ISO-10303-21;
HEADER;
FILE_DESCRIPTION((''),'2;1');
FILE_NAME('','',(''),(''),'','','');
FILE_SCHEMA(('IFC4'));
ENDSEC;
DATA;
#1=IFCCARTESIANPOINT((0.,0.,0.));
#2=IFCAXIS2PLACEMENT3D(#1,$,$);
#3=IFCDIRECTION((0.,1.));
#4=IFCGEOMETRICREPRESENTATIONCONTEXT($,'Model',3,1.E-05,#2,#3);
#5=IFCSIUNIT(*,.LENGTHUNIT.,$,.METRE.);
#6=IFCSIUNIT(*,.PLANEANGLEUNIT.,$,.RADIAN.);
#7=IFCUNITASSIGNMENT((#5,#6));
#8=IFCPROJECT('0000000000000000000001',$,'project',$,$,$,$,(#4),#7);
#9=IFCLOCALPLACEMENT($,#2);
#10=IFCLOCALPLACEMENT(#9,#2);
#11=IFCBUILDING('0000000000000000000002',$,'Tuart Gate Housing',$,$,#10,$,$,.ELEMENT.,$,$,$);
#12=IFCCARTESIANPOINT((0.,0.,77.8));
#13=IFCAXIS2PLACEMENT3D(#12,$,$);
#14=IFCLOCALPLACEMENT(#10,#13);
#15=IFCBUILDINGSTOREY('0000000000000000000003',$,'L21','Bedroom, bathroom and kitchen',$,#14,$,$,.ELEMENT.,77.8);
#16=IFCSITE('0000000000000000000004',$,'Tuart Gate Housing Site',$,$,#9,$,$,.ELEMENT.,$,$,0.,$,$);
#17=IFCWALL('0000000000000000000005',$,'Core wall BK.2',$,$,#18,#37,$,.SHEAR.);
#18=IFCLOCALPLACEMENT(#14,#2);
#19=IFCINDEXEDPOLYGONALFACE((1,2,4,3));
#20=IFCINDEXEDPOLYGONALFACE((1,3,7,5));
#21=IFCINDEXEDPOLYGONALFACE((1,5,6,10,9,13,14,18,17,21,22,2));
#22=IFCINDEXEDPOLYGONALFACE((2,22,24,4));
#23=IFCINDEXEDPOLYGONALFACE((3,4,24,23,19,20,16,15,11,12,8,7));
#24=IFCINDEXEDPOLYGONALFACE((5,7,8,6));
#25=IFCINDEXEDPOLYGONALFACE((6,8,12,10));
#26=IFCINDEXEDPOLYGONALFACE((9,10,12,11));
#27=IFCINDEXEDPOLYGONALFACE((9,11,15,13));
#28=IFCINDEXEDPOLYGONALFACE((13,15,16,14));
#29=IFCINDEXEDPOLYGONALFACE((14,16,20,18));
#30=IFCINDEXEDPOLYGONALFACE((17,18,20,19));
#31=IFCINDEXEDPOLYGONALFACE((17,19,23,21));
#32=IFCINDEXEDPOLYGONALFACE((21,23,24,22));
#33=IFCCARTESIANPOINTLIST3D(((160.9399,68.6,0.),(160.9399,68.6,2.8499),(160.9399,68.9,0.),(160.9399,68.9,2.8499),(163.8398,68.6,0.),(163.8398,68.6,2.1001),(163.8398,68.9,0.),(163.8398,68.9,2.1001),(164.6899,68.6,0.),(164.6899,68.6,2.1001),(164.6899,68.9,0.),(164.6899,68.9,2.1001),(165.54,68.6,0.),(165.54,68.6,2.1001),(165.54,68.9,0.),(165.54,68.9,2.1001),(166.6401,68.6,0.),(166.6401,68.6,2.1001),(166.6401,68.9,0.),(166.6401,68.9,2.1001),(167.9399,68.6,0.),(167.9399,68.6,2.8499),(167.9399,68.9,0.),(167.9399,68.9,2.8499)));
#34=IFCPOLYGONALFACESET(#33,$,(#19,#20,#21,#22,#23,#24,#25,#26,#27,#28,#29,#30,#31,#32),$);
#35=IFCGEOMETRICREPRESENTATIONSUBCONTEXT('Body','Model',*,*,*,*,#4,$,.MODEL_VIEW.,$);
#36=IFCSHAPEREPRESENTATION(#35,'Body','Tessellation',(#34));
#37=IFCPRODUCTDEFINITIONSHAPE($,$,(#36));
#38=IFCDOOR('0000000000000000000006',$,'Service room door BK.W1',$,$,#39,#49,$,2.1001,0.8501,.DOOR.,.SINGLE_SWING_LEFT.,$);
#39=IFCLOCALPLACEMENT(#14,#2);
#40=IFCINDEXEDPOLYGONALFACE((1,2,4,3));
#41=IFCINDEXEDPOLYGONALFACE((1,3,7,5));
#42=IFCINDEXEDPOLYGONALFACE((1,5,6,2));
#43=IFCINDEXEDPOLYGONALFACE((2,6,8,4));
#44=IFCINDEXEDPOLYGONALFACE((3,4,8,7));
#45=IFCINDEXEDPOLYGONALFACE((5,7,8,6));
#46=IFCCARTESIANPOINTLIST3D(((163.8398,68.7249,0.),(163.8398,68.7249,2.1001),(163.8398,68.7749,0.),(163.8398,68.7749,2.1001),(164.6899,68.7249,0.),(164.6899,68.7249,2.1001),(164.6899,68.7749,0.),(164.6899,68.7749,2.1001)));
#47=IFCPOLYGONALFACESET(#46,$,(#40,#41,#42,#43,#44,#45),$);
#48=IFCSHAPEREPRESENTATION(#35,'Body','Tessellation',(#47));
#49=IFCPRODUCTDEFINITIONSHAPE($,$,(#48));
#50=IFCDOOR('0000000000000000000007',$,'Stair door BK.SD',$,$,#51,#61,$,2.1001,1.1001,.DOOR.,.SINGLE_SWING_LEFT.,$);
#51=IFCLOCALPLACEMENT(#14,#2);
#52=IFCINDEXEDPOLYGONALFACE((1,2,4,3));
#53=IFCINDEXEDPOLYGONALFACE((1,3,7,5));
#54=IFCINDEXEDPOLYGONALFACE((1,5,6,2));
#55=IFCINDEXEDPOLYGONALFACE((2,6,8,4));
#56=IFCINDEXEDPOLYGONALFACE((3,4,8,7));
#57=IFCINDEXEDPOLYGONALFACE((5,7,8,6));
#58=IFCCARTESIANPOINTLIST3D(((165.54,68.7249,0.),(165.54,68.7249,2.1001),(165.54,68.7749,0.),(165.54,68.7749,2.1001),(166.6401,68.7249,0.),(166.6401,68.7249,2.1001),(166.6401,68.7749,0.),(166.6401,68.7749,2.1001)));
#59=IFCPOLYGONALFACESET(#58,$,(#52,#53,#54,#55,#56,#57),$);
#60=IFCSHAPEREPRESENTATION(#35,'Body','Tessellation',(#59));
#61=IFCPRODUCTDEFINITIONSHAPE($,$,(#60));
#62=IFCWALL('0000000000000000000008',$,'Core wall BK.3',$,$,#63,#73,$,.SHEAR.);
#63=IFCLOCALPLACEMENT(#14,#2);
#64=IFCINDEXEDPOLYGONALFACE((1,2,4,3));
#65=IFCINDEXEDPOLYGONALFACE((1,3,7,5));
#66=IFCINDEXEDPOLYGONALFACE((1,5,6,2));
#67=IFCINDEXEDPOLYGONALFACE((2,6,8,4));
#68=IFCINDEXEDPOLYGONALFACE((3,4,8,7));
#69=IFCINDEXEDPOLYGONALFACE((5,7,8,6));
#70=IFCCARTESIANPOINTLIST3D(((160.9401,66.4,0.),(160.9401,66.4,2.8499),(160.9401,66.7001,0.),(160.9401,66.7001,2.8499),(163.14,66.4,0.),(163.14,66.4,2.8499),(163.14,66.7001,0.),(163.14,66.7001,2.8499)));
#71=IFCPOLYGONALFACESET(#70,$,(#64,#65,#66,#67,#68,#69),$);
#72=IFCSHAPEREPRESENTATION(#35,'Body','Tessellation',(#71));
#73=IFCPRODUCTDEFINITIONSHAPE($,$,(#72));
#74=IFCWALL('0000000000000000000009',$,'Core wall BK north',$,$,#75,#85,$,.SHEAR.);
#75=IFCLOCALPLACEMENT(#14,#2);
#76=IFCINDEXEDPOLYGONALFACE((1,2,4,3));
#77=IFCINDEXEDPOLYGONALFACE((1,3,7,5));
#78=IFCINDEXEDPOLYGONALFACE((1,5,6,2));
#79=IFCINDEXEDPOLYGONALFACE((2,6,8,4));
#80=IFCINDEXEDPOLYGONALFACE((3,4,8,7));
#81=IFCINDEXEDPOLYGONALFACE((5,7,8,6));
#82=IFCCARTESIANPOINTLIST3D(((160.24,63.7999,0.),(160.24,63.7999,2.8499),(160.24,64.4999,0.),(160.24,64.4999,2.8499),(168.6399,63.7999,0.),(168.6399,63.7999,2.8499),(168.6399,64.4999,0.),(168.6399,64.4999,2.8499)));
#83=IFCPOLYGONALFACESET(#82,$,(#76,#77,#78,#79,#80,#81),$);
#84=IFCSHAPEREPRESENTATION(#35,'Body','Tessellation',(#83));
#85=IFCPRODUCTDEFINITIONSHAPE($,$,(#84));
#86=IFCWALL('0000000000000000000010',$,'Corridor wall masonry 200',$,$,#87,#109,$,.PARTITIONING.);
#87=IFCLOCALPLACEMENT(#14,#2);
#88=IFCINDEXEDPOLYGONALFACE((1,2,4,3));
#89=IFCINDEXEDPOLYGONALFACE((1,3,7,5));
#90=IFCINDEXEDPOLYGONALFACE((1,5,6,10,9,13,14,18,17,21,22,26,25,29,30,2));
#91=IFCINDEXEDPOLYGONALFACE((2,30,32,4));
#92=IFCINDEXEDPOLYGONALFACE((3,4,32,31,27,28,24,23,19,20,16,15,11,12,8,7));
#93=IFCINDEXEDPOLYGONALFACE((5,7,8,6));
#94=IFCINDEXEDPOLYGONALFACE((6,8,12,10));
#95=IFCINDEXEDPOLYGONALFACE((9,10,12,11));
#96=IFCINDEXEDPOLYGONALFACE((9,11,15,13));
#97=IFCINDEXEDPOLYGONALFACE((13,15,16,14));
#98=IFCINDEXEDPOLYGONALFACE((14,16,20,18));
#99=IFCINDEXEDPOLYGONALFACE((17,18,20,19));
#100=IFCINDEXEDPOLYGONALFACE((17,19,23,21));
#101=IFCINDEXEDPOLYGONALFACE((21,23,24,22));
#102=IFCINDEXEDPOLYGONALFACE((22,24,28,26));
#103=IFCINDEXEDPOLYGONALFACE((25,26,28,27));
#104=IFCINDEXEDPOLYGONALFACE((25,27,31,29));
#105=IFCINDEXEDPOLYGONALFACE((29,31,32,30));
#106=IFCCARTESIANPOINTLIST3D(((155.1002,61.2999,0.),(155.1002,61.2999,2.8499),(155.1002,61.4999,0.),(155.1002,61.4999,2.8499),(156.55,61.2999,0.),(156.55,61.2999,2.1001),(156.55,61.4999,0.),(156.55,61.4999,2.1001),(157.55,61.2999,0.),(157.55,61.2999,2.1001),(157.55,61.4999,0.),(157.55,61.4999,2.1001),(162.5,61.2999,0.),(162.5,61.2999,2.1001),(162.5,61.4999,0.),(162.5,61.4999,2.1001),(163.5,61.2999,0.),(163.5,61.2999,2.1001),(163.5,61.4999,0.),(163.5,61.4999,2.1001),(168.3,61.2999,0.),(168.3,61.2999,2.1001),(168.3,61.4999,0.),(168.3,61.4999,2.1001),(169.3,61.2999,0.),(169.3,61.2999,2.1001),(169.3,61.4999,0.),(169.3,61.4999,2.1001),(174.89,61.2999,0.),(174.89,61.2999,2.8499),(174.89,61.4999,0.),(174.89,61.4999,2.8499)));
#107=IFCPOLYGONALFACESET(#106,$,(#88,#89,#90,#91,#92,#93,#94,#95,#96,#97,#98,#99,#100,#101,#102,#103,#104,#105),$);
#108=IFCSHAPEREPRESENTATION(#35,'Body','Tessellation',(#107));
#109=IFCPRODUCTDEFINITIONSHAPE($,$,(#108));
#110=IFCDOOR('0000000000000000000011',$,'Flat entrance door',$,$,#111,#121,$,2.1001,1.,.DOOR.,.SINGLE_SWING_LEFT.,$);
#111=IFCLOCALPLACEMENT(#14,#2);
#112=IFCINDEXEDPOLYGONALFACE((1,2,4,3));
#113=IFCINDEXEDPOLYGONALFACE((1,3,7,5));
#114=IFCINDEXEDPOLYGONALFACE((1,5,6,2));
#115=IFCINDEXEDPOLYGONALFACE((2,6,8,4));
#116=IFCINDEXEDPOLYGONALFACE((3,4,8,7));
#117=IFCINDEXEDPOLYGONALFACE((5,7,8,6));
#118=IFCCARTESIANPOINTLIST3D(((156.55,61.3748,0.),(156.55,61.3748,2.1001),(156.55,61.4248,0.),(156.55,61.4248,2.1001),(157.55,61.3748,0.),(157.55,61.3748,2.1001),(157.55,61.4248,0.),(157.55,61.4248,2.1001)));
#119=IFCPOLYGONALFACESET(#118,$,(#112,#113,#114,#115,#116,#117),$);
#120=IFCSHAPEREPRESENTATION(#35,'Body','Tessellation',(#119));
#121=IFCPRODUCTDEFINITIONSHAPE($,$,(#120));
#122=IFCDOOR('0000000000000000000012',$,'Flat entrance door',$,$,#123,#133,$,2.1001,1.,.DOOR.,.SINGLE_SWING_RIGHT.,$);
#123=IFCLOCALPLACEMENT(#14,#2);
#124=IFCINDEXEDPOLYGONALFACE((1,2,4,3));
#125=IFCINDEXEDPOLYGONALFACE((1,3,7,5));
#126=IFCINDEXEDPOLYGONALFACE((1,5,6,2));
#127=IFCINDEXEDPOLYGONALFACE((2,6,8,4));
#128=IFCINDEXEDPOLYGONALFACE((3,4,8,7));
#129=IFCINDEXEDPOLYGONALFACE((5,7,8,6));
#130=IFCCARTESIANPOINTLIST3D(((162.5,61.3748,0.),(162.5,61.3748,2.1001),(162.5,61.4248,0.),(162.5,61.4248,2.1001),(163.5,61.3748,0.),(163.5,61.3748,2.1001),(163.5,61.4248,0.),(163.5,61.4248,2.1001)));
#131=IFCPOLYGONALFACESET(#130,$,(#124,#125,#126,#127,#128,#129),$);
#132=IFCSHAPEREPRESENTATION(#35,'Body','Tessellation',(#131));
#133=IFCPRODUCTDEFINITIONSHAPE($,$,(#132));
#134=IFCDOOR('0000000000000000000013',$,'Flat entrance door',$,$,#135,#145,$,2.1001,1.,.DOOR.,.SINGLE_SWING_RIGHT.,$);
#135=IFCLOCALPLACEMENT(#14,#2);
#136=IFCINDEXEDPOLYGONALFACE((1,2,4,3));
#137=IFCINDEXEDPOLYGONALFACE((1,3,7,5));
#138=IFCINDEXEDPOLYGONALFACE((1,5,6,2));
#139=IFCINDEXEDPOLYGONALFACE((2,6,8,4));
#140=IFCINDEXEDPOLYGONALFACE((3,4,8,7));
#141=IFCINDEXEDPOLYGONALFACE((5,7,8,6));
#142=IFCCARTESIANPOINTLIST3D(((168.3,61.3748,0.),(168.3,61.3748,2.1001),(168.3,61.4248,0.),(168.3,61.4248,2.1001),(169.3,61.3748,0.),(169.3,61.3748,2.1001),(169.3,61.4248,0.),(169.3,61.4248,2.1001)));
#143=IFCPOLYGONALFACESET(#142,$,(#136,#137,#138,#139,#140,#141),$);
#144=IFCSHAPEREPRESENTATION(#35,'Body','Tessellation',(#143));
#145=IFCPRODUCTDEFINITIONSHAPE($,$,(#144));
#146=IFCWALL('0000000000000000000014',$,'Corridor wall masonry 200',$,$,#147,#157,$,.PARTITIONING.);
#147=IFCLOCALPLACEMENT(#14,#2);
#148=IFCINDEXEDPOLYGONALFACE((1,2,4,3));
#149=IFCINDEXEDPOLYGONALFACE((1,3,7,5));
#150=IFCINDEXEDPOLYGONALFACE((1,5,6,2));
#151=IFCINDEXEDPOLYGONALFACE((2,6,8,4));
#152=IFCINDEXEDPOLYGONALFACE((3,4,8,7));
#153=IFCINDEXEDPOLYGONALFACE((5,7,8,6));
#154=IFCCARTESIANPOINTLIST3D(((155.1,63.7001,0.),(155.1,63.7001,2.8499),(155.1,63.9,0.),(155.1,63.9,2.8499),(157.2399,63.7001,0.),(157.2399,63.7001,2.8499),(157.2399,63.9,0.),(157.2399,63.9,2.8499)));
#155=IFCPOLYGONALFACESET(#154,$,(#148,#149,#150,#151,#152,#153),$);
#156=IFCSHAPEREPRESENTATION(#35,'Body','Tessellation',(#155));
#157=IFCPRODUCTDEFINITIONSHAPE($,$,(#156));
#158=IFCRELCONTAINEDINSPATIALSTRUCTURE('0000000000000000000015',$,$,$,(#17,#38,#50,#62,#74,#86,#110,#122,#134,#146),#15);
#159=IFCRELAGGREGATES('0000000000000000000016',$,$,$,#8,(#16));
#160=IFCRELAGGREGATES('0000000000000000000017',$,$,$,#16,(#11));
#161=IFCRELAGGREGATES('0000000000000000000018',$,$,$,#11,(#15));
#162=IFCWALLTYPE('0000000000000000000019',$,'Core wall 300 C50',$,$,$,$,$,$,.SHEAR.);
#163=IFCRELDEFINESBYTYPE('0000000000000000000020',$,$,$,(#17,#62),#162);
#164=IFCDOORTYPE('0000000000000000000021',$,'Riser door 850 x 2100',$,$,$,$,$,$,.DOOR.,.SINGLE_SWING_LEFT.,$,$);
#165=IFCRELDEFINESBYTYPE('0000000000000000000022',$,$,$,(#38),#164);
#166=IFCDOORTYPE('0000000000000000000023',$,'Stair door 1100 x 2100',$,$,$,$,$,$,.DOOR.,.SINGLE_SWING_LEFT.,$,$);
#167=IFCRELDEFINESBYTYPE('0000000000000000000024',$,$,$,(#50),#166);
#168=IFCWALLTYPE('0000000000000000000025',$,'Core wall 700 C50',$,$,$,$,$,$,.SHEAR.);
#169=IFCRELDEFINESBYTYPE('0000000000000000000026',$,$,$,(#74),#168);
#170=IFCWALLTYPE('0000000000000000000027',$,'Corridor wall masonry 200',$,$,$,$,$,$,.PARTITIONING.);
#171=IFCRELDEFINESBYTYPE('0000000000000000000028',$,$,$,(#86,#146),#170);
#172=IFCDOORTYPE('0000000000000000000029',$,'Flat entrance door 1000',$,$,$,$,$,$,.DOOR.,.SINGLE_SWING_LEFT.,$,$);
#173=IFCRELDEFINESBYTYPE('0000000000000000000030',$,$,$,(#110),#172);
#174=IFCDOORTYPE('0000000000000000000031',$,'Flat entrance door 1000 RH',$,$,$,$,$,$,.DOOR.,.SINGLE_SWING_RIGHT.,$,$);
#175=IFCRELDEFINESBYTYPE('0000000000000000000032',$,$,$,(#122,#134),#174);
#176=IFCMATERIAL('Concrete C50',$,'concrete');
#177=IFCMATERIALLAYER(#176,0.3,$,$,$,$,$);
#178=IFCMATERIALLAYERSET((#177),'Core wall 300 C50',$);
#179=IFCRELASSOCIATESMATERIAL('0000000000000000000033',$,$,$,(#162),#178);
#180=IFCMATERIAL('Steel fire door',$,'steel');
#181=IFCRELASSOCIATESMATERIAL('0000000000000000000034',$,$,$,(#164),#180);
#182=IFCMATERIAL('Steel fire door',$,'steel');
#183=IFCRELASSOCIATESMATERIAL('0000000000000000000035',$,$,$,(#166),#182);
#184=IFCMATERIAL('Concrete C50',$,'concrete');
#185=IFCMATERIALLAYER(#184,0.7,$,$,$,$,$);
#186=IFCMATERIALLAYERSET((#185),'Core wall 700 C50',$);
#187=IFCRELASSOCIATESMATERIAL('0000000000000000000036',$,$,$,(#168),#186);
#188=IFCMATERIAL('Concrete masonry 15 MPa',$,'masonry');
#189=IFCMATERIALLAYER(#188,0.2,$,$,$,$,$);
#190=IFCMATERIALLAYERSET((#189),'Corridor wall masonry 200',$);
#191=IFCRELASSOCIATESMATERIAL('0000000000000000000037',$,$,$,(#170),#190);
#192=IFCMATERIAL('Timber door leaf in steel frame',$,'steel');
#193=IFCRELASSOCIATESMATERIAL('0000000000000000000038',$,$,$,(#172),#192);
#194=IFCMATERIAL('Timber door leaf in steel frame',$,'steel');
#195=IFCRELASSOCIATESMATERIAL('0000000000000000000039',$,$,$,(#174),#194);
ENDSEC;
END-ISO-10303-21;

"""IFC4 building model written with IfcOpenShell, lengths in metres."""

from ifc_helpers import new_model, si_unit, direction, frame, frame_2d, origin, place, context, subcontext, project, spatial, rectangle, extrude, material, layer, layer_set, type_object, element, fill, save


model = new_model("IFC4")

# Units and contexts
model_context = context("Model", 3, precision=1e-05, world=origin(), true_north=direction((0.0, 1.0)))
body_context = subcontext(model_context, "Body", "Model", "MODEL_VIEW")
ifc_project = project(units=[si_unit("LENGTHUNIT", "METRE"), si_unit("PLANEANGLEUNIT", "RADIAN")], contexts=[model_context])

# Site, building, storey
site_placement = place(None, origin())
site = spatial("IfcSite", under=ifc_project, at=site_placement, Name="Tuart Gate Housing Site", CompositionType="ELEMENT", RefElevation=0.0)
building_placement = place(site_placement, origin())
building = spatial("IfcBuilding", under=site, at=building_placement, Name="Tuart Gate Housing", CompositionType="ELEMENT")
storey_placement = place(building_placement, frame((0.0, 0.0, 77.8)))
storey = spatial("IfcBuildingStorey", under=building, at=storey_placement, Name="L21", Description="Bedroom, bathroom and kitchen", CompositionType="ELEMENT", Elevation=77.8)

# Wall, openings, doors
ifc_material_1 = material(Name="Concrete C50", Category="concrete")
ifc_layer_1 = layer(ifc_material_1, 0.3)
ifc_layer_set_1 = layer_set([ifc_layer_1], Name="Core wall 300 C50")
wall_type_1 = type_object("IfcWallType", Name="Core wall 300 C50", PredefinedType="SHEAR", material=ifc_layer_set_1)
wall_1_placement = place(storey_placement, frame((160.9399, 68.75, 0.0), z_axis=(0.0, 0.0, 1.0), x_axis=(1.0, 0.0, 0.0)))
wall_1 = element("IfcWall", 1, at=wall_1_placement, inside=storey, type_object=wall_type_1, Name="Core wall BK.2", PredefinedType="SHEAR", context=body_context, shape_type="SweptSolid", body=[
    extrude(rectangle(XDim=7.0, YDim=0.3, at=frame_2d((3.5, 0.0))), origin(), (0.0, 0.0, 1.0), 2.8499),
])
opening_1_placement = place(wall_1_placement, frame((4.6001, 0.0, 0.0)))
opening_1 = element("IfcOpeningElement", 2, at=opening_1_placement, cuts=wall_1, PredefinedType="OPENING", context=body_context, shape_type="SweptSolid", body=[
    extrude(rectangle(XDim=1.1001, YDim=2.1001, at=frame_2d((0.55, 1.05))), frame((0.0, 0.1599, 0.0), z_axis=(0.0, -1.0, 0.0), x_axis=(1.0, 0.0, 0.0)), (0.0, 0.0, 1.0), 0.3201),
])
opening_2_placement = place(wall_1_placement, frame((2.8999, 0.0, 0.0)))
opening_2 = element("IfcOpeningElement", 3, at=opening_2_placement, cuts=wall_1, PredefinedType="OPENING", context=body_context, shape_type="SweptSolid", body=[
    extrude(rectangle(XDim=0.8501, YDim=2.1001, at=frame_2d((0.425, 1.05))), frame((0.0, 0.1599, 0.0), z_axis=(0.0, -1.0, 0.0), x_axis=(1.0, 0.0, 0.0)), (0.0, 0.0, 1.0), 0.3201),
])
ifc_material_2 = material(Name="Steel fire door", Category="steel")
door_type_1 = type_object("IfcDoorType", Name="Riser door 850 x 2100", OperationType="SINGLE_SWING_LEFT", PredefinedType="DOOR", material=ifc_material_2)
door_1_placement = place(opening_2_placement, origin())
door_1 = element("IfcDoor", 4, at=door_1_placement, inside=storey, type_object=door_type_1, Name="Service room door BK.W1", OperationType="SINGLE_SWING_LEFT", OverallHeight=2.1001, OverallWidth=0.8501, PredefinedType="DOOR", context=body_context, shape_type="SweptSolid", body=[
    extrude(rectangle(XDim=0.8501, YDim=2.1001, at=frame_2d((0.425, 1.05))), frame((0.0, 0.0249, 0.0), z_axis=(0.0, -1.0, 0.0), x_axis=(1.0, 0.0, 0.0)), (0.0, 0.0, 1.0), 0.05),
])
fill(opening_2, door_1)
ifc_material_3 = material(Name="Steel fire door", Category="steel")
door_type_2 = type_object("IfcDoorType", Name="Stair door 1100 x 2100", OperationType="SINGLE_SWING_LEFT", PredefinedType="DOOR", material=ifc_material_3)
door_2_placement = place(opening_1_placement, origin())
door_2 = element("IfcDoor", 5, at=door_2_placement, inside=storey, type_object=door_type_2, Name="Stair door BK.SD", OperationType="SINGLE_SWING_LEFT", OverallHeight=2.1001, OverallWidth=1.1001, PredefinedType="DOOR", context=body_context, shape_type="SweptSolid", body=[
    extrude(rectangle(XDim=1.1001, YDim=2.1001, at=frame_2d((0.55, 1.05))), frame((0.0, 0.0249, 0.0), z_axis=(0.0, -1.0, 0.0), x_axis=(1.0, 0.0, 0.0)), (0.0, 0.0, 1.0), 0.05),
])
fill(opening_1, door_2)

# Walls
wall_2_placement = place(storey_placement, frame((160.9399, 66.55, 0.0), z_axis=(0.0, 0.0, 1.0), x_axis=(1.0, 0.0, 0.0)))
element("IfcWall", 6, at=wall_2_placement, inside=storey, type_object=wall_type_1, Name="Core wall BK.3", PredefinedType="SHEAR", context=body_context, shape_type="SweptSolid", body=[
    extrude(rectangle(XDim=2.2, YDim=0.3, at=frame_2d((1.1001, 0.0))), origin(), (0.0, 0.0, 1.0), 2.8499),
])
ifc_material_4 = material(Name="Concrete C50", Category="concrete")
ifc_layer_2 = layer(ifc_material_4, 0.7)
ifc_layer_set_2 = layer_set([ifc_layer_2], Name="Core wall 700 C50")
wall_type_2 = type_object("IfcWallType", Name="Core wall 700 C50", PredefinedType="SHEAR", material=ifc_layer_set_2)
wall_3_placement = place(storey_placement, frame((160.24, 64.1499, 0.0), z_axis=(0.0, 0.0, 1.0), x_axis=(1.0, 0.0, 0.0)))
element("IfcWall", 7, at=wall_3_placement, inside=storey, type_object=wall_type_2, Name="Core wall BK north", PredefinedType="SHEAR", context=body_context, shape_type="SweptSolid", body=[
    extrude(rectangle(XDim=8.3999, YDim=0.7, at=frame_2d((4.2, 0.0))), origin(), (0.0, 0.0, 1.0), 2.8499),
])

# Wall, openings, doors
ifc_material_5 = material(Name="Concrete masonry 15 MPa", Category="masonry")
ifc_layer_3 = layer(ifc_material_5, 0.2)
ifc_layer_set_3 = layer_set([ifc_layer_3], Name="Corridor wall masonry 200")
wall_type_3 = type_object("IfcWallType", Name="Corridor wall masonry 200", PredefinedType="PARTITIONING", material=ifc_layer_set_3)
wall_4_placement = place(storey_placement, frame((155.1001, 61.3999, 0.0), z_axis=(0.0, 0.0, 1.0), x_axis=(1.0, 0.0, 0.0)))
wall_4 = element("IfcWall", 8, at=wall_4_placement, inside=storey, type_object=wall_type_3, Name="Corridor wall masonry 200", PredefinedType="PARTITIONING", context=body_context, shape_type="SweptSolid", body=[
    extrude(rectangle(XDim=19.7898, YDim=0.2, at=frame_2d((9.895, 0.0))), origin(), (0.0, 0.0, 1.0), 2.8499),
])
opening_3_placement = place(wall_4_placement, frame((1.45, 0.0, 0.0)))
opening_3 = element("IfcOpeningElement", 9, at=opening_3_placement, cuts=wall_4, PredefinedType="OPENING", context=body_context, shape_type="SweptSolid", body=[
    extrude(rectangle(XDim=1.0, YDim=2.1001, at=frame_2d((0.5, 1.05))), frame((0.0, 0.1099, 0.0), z_axis=(0.0, -1.0, 0.0), x_axis=(1.0, 0.0, 0.0)), (0.0, 0.0, 1.0), 0.22),
])
opening_4_placement = place(wall_4_placement, frame((7.3999, 0.0, 0.0)))
opening_4 = element("IfcOpeningElement", 10, at=opening_4_placement, cuts=wall_4, PredefinedType="OPENING", context=body_context, shape_type="SweptSolid", body=[
    extrude(rectangle(XDim=1.0, YDim=2.1001, at=frame_2d((0.5, 1.05))), frame((0.0, 0.1099, 0.0), z_axis=(0.0, -1.0, 0.0), x_axis=(1.0, 0.0, 0.0)), (0.0, 0.0, 1.0), 0.22),
])
opening_5_placement = place(wall_4_placement, frame((13.2, 0.0, 0.0)))
opening_5 = element("IfcOpeningElement", 11, at=opening_5_placement, cuts=wall_4, PredefinedType="OPENING", context=body_context, shape_type="SweptSolid", body=[
    extrude(rectangle(XDim=1.0, YDim=2.1001, at=frame_2d((0.5, 1.05))), frame((0.0, 0.1099, 0.0), z_axis=(0.0, -1.0, 0.0), x_axis=(1.0, 0.0, 0.0)), (0.0, 0.0, 1.0), 0.22),
])
ifc_material_6 = material(Name="Timber door leaf in steel frame", Category="steel")
door_type_3 = type_object("IfcDoorType", Name="Flat entrance door 1000", OperationType="SINGLE_SWING_LEFT", PredefinedType="DOOR", material=ifc_material_6)
door_3_placement = place(opening_3_placement, frame((1.0, 0.0, 0.0), z_axis=(0.0, 0.0, 1.0), x_axis=(-1.0, 0.0, 0.0)))
door_3 = element("IfcDoor", 12, at=door_3_placement, inside=storey, type_object=door_type_3, Name="Flat entrance door", OperationType="SINGLE_SWING_LEFT", OverallHeight=2.1001, OverallWidth=1.0, PredefinedType="DOOR", context=body_context, shape_type="SweptSolid", body=[
    extrude(rectangle(XDim=1.0, YDim=2.1001, at=frame_2d((0.5, 1.05))), frame((0.0, 0.0251, 0.0), z_axis=(0.0, -1.0, 0.0), x_axis=(1.0, 0.0, 0.0)), (0.0, 0.0, 1.0), 0.05),
])
fill(opening_3, door_3)
ifc_material_7 = material(Name="Timber door leaf in steel frame", Category="steel")
door_type_4 = type_object("IfcDoorType", Name="Flat entrance door 1000 RH", OperationType="SINGLE_SWING_RIGHT", PredefinedType="DOOR", material=ifc_material_7)
door_4_placement = place(opening_4_placement, frame((1.0, 0.0, 0.0), z_axis=(0.0, 0.0, 1.0), x_axis=(-1.0, 0.0, 0.0)))
door_4 = element("IfcDoor", 13, at=door_4_placement, inside=storey, type_object=door_type_4, Name="Flat entrance door", OperationType="SINGLE_SWING_RIGHT", OverallHeight=2.1001, OverallWidth=1.0, PredefinedType="DOOR", context=body_context, shape_type="SweptSolid", body=[
    extrude(rectangle(XDim=1.0, YDim=2.1001, at=frame_2d((0.5, 1.05))), frame((0.0, 0.0251, 0.0), z_axis=(0.0, -1.0, 0.0), x_axis=(1.0, 0.0, 0.0)), (0.0, 0.0, 1.0), 0.05),
])
fill(opening_4, door_4)
door_5_placement = place(opening_5_placement, frame((1.0, 0.0, 0.0), z_axis=(0.0, 0.0, 1.0), x_axis=(-1.0, 0.0, 0.0)))
door_5 = element("IfcDoor", 14, at=door_5_placement, inside=storey, type_object=door_type_4, Name="Flat entrance door", OperationType="SINGLE_SWING_RIGHT", OverallHeight=2.1001, OverallWidth=1.0, PredefinedType="DOOR", context=body_context, shape_type="SweptSolid", body=[
    extrude(rectangle(XDim=1.0, YDim=2.1001, at=frame_2d((0.5, 1.05))), frame((0.0, 0.0251, 0.0), z_axis=(0.0, -1.0, 0.0), x_axis=(1.0, 0.0, 0.0)), (0.0, 0.0, 1.0), 0.05),
])
fill(opening_5, door_5)

# Wall
wall_5_placement = place(storey_placement, frame((155.1001, 63.8, 0.0), z_axis=(0.0, 0.0, 1.0), x_axis=(1.0, 0.0, 0.0)))
element("IfcWall", 15, at=wall_5_placement, inside=storey, type_object=wall_type_3, Name="Corridor wall masonry 200", PredefinedType="PARTITIONING", context=body_context, shape_type="SweptSolid", body=[
    extrude(rectangle(XDim=2.1399, YDim=0.2, at=frame_2d((1.0698, 0.0))), origin(), (0.0, 0.0, 1.0), 2.8499),
])

save(model, "model.ifc")
